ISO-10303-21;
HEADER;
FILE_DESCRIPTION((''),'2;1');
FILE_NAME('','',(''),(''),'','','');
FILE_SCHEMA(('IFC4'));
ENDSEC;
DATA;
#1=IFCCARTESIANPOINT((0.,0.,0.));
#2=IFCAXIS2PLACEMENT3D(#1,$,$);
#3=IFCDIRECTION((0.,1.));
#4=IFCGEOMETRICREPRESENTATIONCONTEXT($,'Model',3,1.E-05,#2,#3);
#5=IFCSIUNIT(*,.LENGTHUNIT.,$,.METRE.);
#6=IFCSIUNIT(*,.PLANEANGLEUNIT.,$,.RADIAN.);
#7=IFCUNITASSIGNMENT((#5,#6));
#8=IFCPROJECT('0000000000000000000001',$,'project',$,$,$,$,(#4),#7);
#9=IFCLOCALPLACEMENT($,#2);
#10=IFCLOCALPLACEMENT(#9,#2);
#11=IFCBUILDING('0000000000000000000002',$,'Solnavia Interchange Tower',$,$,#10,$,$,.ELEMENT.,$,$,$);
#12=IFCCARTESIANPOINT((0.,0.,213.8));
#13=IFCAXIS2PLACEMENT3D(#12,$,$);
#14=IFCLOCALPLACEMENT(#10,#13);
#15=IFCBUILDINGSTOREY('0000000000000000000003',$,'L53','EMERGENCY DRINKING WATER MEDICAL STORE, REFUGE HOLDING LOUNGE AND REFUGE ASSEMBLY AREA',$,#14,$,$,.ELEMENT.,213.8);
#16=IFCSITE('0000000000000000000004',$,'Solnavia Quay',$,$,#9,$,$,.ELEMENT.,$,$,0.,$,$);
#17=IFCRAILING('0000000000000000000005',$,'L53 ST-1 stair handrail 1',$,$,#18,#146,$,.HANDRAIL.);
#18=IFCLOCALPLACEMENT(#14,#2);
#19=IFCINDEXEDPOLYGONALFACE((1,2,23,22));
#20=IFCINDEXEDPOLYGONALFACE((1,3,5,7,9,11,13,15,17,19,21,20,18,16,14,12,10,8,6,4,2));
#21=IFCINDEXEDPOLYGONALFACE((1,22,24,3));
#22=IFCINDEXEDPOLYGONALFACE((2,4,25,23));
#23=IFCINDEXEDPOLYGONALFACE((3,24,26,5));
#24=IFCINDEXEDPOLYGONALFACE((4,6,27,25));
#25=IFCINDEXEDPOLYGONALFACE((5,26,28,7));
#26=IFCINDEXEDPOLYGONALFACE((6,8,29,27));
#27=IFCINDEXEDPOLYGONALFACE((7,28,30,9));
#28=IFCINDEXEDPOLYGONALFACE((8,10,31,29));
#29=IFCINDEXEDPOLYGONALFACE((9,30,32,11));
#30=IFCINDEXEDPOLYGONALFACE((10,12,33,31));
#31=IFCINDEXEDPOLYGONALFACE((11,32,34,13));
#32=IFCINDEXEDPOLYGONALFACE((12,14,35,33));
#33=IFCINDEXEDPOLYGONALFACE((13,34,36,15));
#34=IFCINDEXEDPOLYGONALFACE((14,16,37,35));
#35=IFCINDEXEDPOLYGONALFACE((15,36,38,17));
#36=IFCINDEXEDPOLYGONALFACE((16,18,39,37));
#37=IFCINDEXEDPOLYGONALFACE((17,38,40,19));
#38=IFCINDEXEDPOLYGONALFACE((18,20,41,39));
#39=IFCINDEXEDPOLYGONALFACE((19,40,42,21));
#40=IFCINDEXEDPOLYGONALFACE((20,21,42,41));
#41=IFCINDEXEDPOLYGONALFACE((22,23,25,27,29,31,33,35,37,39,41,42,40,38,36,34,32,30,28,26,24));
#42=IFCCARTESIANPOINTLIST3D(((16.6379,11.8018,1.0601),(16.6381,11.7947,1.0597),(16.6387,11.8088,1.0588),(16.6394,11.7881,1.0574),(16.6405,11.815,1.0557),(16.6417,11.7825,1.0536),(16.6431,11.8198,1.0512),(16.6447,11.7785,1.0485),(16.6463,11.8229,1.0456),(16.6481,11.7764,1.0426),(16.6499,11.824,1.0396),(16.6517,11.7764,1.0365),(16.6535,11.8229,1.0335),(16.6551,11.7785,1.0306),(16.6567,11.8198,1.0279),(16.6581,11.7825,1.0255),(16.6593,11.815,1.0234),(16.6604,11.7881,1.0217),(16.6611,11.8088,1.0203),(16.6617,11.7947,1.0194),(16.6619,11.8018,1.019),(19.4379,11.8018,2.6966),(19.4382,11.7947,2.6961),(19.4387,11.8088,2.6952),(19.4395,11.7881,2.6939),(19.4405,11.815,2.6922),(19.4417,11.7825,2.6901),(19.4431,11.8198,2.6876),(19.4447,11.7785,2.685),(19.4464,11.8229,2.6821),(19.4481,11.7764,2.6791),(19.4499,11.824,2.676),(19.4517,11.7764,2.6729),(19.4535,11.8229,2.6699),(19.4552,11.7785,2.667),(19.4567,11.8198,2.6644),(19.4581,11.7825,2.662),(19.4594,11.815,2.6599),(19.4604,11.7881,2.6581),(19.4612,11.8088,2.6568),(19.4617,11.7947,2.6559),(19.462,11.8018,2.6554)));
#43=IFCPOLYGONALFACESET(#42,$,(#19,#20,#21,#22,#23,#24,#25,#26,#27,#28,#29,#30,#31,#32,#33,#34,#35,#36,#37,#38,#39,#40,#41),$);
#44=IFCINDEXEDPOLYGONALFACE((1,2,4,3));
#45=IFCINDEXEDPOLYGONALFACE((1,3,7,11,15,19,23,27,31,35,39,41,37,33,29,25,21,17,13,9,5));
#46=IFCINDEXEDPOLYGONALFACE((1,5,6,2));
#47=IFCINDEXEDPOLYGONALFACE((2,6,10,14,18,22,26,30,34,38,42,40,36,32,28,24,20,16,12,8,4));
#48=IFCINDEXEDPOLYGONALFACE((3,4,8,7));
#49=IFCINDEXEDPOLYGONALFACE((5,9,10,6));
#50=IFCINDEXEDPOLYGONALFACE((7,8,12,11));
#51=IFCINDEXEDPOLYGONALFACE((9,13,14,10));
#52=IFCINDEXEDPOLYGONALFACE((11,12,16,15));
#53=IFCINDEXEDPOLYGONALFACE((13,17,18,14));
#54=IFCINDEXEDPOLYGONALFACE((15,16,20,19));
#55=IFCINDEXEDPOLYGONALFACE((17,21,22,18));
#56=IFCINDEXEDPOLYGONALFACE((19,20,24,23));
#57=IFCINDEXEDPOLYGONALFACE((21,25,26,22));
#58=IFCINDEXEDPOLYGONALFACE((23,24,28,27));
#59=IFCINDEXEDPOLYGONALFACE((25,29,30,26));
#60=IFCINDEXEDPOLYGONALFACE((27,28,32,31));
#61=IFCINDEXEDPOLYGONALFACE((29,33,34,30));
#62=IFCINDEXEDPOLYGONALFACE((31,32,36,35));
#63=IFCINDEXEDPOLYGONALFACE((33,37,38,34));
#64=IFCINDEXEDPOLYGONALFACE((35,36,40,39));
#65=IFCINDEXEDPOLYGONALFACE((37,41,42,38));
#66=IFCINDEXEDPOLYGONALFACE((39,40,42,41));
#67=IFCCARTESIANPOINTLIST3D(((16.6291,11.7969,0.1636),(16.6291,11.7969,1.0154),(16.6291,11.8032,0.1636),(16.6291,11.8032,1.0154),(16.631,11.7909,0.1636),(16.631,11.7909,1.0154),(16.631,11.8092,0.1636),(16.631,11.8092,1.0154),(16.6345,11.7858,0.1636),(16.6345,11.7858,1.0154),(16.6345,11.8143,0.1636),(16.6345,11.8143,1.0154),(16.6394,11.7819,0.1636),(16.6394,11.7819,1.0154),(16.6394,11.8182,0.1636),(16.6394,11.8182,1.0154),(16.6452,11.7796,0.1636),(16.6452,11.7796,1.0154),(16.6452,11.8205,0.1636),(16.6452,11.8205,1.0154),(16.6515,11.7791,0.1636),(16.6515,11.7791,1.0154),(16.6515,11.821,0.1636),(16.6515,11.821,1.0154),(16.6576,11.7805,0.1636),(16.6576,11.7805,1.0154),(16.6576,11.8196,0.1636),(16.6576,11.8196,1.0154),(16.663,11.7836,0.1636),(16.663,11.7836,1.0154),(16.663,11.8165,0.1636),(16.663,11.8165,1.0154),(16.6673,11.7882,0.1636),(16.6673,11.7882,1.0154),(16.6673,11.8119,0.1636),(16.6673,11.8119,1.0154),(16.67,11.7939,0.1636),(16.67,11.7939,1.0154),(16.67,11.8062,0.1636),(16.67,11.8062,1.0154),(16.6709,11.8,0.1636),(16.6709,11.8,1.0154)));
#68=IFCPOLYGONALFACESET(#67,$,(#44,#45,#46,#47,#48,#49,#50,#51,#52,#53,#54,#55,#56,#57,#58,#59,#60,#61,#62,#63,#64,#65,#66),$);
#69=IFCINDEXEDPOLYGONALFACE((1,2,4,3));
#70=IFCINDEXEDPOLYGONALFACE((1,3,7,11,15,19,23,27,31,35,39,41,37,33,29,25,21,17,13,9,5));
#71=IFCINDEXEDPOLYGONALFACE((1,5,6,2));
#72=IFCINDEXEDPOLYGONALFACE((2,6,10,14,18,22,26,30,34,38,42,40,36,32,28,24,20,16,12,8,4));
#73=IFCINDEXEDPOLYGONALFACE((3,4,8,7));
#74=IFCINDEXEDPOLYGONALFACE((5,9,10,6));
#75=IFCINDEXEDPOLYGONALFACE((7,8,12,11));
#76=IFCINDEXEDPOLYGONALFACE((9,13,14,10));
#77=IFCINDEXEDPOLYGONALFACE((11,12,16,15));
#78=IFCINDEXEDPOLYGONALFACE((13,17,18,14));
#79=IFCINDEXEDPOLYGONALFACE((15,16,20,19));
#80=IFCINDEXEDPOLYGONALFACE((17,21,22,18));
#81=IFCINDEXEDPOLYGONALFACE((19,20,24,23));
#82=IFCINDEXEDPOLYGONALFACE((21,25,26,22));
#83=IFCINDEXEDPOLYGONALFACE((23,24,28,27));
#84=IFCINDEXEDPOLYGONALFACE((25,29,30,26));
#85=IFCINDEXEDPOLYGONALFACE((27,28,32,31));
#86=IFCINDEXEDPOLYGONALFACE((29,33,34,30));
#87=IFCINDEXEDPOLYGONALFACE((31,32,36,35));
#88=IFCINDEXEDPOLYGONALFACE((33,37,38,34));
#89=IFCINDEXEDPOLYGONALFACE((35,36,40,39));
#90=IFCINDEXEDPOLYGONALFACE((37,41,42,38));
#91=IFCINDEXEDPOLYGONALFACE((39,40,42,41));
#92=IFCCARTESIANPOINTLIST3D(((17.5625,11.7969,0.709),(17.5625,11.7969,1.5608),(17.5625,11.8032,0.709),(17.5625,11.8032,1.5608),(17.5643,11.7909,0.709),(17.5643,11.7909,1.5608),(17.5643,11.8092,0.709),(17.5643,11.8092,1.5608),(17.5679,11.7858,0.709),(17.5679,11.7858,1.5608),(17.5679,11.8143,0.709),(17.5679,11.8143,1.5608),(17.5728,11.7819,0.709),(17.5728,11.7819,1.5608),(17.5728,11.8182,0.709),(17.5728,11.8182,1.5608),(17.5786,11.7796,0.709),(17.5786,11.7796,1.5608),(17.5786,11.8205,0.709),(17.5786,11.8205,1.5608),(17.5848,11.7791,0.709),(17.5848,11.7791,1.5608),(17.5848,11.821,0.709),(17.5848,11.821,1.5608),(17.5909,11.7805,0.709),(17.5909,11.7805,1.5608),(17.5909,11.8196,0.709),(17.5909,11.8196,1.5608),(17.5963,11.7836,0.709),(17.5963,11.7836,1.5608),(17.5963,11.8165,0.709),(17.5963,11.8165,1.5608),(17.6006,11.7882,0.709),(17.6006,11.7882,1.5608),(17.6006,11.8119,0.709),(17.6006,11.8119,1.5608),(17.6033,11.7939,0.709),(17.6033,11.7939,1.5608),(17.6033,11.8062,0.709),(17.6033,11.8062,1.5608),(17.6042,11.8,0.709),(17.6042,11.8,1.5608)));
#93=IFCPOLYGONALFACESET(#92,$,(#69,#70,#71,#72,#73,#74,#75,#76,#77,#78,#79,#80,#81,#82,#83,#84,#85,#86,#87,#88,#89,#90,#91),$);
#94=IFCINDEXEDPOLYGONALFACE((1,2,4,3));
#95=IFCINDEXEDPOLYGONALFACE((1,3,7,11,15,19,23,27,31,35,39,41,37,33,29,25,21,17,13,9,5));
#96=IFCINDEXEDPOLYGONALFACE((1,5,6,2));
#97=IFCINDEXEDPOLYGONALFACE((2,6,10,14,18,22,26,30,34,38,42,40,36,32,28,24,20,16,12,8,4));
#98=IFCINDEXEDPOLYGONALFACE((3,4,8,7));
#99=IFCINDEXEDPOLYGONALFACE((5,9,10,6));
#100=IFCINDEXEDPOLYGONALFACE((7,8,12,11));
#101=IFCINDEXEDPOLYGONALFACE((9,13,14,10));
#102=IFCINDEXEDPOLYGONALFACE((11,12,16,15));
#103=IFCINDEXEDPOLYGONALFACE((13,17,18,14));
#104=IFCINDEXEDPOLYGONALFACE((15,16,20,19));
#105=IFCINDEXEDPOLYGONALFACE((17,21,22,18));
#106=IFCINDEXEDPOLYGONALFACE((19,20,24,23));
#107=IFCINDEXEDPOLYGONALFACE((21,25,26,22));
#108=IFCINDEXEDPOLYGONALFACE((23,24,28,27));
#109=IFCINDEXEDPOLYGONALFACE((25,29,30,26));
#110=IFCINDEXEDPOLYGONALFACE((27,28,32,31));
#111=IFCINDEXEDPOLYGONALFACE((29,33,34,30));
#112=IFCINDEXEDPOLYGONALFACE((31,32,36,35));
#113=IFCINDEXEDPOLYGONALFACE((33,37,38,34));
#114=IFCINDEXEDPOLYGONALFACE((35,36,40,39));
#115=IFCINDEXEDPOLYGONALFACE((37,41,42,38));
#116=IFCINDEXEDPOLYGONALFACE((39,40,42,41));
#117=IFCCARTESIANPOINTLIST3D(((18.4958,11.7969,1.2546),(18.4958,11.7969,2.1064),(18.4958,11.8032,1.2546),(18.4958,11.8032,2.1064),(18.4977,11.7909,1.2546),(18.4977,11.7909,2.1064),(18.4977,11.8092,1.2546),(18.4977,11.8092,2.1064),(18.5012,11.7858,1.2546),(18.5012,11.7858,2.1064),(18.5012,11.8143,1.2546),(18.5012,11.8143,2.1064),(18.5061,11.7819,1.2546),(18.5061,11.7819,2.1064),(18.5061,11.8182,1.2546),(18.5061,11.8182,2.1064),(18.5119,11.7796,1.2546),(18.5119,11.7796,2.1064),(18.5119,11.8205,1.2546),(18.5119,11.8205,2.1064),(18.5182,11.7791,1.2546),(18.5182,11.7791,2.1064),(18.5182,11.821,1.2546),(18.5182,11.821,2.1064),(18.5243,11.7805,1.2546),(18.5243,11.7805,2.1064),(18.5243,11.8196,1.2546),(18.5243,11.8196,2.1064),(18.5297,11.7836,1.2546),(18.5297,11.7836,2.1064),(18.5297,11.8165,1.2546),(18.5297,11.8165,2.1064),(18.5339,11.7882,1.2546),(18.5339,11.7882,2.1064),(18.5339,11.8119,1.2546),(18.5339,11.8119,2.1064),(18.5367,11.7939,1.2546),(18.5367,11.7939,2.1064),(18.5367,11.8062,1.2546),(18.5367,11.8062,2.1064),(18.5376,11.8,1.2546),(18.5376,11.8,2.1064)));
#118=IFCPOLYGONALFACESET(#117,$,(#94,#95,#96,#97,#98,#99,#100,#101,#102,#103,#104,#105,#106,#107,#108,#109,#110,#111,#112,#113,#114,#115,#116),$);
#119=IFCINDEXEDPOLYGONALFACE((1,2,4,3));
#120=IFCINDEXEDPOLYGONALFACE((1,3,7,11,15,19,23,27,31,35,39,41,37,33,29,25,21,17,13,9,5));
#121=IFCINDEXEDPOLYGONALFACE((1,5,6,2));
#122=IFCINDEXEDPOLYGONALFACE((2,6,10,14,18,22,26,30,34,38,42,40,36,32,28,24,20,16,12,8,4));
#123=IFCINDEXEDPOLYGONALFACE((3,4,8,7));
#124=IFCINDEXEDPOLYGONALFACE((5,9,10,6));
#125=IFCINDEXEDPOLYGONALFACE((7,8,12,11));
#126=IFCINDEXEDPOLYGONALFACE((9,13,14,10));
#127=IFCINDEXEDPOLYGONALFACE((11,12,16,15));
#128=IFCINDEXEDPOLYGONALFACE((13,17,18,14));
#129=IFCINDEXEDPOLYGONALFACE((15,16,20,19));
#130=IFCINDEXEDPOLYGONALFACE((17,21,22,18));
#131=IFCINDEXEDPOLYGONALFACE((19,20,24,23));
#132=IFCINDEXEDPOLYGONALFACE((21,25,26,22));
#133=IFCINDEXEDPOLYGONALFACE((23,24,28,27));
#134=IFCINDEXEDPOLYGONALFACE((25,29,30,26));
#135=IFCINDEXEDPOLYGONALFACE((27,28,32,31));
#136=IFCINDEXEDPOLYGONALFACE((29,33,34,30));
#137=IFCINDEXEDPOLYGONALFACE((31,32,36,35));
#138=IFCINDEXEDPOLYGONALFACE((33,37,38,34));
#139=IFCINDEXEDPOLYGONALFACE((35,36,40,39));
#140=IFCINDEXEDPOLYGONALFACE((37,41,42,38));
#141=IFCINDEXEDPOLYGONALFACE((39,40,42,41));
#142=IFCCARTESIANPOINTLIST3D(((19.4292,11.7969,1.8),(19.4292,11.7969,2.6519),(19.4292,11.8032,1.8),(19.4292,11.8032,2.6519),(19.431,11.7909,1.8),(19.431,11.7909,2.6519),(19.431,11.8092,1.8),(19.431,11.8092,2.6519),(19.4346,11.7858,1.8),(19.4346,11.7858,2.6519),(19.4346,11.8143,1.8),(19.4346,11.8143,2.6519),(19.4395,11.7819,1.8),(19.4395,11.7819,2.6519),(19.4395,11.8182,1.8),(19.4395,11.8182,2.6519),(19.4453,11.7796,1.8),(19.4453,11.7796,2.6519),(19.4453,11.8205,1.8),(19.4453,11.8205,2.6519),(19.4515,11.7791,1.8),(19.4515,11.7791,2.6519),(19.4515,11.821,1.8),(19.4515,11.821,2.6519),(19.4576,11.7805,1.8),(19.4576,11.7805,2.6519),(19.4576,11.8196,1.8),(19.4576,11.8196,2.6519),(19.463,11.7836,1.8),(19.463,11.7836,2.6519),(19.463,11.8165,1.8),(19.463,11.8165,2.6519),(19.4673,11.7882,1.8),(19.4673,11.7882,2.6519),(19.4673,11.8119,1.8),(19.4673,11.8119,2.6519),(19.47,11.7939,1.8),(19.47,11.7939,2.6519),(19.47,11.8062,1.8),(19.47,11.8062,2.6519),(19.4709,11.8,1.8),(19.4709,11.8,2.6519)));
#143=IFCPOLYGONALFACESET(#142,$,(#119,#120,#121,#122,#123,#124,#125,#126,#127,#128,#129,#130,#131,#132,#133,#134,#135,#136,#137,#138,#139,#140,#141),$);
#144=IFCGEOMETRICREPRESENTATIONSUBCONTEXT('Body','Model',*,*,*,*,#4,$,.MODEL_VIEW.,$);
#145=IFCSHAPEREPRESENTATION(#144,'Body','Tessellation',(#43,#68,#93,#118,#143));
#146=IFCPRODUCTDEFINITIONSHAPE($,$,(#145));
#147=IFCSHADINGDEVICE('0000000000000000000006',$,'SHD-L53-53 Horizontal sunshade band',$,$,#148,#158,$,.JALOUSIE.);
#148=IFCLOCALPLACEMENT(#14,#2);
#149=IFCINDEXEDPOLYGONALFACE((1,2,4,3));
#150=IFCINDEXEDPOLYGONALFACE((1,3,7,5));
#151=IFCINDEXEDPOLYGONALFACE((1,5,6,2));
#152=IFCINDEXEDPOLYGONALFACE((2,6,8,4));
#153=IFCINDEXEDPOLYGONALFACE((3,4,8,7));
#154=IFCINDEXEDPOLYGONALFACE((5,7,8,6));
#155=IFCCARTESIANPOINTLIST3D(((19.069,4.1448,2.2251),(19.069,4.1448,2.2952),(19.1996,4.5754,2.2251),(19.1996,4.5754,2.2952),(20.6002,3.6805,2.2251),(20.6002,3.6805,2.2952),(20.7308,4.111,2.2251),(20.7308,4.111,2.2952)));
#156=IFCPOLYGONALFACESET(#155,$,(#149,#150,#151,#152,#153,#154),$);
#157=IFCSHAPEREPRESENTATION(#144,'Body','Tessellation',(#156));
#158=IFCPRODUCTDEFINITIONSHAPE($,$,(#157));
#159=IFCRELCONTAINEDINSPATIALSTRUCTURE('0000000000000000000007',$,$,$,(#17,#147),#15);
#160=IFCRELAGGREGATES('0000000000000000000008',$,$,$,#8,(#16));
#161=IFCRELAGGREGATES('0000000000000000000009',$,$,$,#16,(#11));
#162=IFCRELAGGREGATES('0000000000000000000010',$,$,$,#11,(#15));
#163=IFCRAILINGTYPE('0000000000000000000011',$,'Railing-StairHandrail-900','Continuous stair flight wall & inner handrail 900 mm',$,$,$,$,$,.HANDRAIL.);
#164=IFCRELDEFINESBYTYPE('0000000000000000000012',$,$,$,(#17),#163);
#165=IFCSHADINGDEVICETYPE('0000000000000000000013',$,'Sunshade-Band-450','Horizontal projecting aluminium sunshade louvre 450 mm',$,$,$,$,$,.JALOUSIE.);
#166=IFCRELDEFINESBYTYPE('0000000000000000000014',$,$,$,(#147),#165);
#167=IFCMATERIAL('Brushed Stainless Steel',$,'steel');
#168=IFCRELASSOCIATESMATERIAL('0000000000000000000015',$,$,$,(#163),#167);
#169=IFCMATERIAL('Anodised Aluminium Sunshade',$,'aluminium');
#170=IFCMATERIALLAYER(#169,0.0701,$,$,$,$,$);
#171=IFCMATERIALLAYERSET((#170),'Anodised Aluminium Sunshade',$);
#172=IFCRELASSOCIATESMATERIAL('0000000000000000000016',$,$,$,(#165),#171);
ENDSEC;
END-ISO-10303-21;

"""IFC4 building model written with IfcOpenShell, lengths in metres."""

from ifc_helpers import new_model, si_unit, direction, frame, origin, origin_2d, place, context, subcontext, project, spatial, rectangle, circle, extrude, material, layer, layer_set, type_object, element, save


model = new_model("IFC4")

# Units and contexts
model_context = context("Model", 3, precision=1e-05, world=origin(), true_north=direction((0.0, 1.0)))
body_context = subcontext(model_context, "Body", "Model", "MODEL_VIEW")
ifc_project = project(units=[si_unit("LENGTHUNIT", "METRE"), si_unit("PLANEANGLEUNIT", "RADIAN")], contexts=[model_context])

# Site, building, storey
site_placement = place(None, origin())
site = spatial("IfcSite", under=ifc_project, at=site_placement, Name="Solnavia Quay", CompositionType="ELEMENT", RefElevation=0.0)
building_placement = place(site_placement, origin())
building = spatial("IfcBuilding", under=site, at=building_placement, Name="Solnavia Interchange Tower", CompositionType="ELEMENT")
storey_placement = place(building_placement, frame((0.0, 0.0, 213.8)))
storey = spatial("IfcBuildingStorey", under=building, at=storey_placement, Name="L53", Description="EMERGENCY DRINKING WATER MEDICAL STORE, REFUGE HOLDING LOUNGE AND REFUGE ASSEMBLY AREA", CompositionType="ELEMENT", Elevation=213.8)

# Railing
ifc_material_1 = material(Name="Brushed Stainless Steel", Category="steel")
railing_type = type_object("IfcRailingType", Name="Railing-StairHandrail-900", Description="Continuous stair flight wall & inner handrail 900 mm", PredefinedType="HANDRAIL", material=ifc_material_1)
railing_placement = place(storey_placement, frame((16.6499, 11.8, 0.1636)))
element("IfcRailing", 1, at=railing_placement, inside=storey, type_object=railing_type, Name="L53 ST-1 stair handrail 1", PredefinedType="HANDRAIL", context=body_context, shape_type="SweptSolid", body=[
    extrude(circle(Radius=0.0239, at=origin_2d()), frame((0.0, 0.0, 0.876), z_axis=(0.863361, 0.0, 0.504587), x_axis=(0.0, 1.0, 0.0)), (0.0, 0.0, 1.0), 3.2432),
    extrude(circle(Radius=0.021, at=origin_2d()), origin(), (0.0, 0.0, 1.0), 0.8518),
    extrude(circle(Radius=0.021, at=origin_2d()), frame((0.9333, 0.0, 0.5454)), (0.0, 0.0, 1.0), 0.8518),
    extrude(circle(Radius=0.021, at=origin_2d()), frame((1.8667, 0.0, 1.0911)), (0.0, 0.0, 1.0), 0.8518),
    extrude(circle(Radius=0.021, at=origin_2d()), frame((2.8, 0.0, 1.6365)), (0.0, 0.0, 1.0), 0.8518),
])

# Shading device
ifc_material_2 = material(Name="Anodised Aluminium Sunshade", Category="aluminium")
ifc_layer_1 = layer(ifc_material_2, 0.0701)
ifc_layer_set_1 = layer_set([ifc_layer_1], Name="Anodised Aluminium Sunshade")
shading_device_type = type_object("IfcShadingDeviceType", Name="Sunshade-Band-450", Description="Horizontal projecting aluminium sunshade louvre 450 mm", PredefinedType="JALOUSIE", material=ifc_layer_set_1)
shading_device_placement = place(storey_placement, frame((19.8999, 4.1279, 2.2251), z_axis=(0.0, 0.0, 1.0), x_axis=(-0.956966, 0.290201, 0.0)))
element("IfcShadingDevice", 2, at=shading_device_placement, inside=storey, type_object=shading_device_type, Name="SHD-L53-53 Horizontal sunshade band", PredefinedType="JALOUSIE", context=body_context, shape_type="SweptSolid", body=[
    extrude(rectangle(XDim=1.6001, YDim=0.45, at=origin_2d()), origin(), (0.0, 0.0, 1.0), 0.0701),
])

save(model, "model.ifc")
